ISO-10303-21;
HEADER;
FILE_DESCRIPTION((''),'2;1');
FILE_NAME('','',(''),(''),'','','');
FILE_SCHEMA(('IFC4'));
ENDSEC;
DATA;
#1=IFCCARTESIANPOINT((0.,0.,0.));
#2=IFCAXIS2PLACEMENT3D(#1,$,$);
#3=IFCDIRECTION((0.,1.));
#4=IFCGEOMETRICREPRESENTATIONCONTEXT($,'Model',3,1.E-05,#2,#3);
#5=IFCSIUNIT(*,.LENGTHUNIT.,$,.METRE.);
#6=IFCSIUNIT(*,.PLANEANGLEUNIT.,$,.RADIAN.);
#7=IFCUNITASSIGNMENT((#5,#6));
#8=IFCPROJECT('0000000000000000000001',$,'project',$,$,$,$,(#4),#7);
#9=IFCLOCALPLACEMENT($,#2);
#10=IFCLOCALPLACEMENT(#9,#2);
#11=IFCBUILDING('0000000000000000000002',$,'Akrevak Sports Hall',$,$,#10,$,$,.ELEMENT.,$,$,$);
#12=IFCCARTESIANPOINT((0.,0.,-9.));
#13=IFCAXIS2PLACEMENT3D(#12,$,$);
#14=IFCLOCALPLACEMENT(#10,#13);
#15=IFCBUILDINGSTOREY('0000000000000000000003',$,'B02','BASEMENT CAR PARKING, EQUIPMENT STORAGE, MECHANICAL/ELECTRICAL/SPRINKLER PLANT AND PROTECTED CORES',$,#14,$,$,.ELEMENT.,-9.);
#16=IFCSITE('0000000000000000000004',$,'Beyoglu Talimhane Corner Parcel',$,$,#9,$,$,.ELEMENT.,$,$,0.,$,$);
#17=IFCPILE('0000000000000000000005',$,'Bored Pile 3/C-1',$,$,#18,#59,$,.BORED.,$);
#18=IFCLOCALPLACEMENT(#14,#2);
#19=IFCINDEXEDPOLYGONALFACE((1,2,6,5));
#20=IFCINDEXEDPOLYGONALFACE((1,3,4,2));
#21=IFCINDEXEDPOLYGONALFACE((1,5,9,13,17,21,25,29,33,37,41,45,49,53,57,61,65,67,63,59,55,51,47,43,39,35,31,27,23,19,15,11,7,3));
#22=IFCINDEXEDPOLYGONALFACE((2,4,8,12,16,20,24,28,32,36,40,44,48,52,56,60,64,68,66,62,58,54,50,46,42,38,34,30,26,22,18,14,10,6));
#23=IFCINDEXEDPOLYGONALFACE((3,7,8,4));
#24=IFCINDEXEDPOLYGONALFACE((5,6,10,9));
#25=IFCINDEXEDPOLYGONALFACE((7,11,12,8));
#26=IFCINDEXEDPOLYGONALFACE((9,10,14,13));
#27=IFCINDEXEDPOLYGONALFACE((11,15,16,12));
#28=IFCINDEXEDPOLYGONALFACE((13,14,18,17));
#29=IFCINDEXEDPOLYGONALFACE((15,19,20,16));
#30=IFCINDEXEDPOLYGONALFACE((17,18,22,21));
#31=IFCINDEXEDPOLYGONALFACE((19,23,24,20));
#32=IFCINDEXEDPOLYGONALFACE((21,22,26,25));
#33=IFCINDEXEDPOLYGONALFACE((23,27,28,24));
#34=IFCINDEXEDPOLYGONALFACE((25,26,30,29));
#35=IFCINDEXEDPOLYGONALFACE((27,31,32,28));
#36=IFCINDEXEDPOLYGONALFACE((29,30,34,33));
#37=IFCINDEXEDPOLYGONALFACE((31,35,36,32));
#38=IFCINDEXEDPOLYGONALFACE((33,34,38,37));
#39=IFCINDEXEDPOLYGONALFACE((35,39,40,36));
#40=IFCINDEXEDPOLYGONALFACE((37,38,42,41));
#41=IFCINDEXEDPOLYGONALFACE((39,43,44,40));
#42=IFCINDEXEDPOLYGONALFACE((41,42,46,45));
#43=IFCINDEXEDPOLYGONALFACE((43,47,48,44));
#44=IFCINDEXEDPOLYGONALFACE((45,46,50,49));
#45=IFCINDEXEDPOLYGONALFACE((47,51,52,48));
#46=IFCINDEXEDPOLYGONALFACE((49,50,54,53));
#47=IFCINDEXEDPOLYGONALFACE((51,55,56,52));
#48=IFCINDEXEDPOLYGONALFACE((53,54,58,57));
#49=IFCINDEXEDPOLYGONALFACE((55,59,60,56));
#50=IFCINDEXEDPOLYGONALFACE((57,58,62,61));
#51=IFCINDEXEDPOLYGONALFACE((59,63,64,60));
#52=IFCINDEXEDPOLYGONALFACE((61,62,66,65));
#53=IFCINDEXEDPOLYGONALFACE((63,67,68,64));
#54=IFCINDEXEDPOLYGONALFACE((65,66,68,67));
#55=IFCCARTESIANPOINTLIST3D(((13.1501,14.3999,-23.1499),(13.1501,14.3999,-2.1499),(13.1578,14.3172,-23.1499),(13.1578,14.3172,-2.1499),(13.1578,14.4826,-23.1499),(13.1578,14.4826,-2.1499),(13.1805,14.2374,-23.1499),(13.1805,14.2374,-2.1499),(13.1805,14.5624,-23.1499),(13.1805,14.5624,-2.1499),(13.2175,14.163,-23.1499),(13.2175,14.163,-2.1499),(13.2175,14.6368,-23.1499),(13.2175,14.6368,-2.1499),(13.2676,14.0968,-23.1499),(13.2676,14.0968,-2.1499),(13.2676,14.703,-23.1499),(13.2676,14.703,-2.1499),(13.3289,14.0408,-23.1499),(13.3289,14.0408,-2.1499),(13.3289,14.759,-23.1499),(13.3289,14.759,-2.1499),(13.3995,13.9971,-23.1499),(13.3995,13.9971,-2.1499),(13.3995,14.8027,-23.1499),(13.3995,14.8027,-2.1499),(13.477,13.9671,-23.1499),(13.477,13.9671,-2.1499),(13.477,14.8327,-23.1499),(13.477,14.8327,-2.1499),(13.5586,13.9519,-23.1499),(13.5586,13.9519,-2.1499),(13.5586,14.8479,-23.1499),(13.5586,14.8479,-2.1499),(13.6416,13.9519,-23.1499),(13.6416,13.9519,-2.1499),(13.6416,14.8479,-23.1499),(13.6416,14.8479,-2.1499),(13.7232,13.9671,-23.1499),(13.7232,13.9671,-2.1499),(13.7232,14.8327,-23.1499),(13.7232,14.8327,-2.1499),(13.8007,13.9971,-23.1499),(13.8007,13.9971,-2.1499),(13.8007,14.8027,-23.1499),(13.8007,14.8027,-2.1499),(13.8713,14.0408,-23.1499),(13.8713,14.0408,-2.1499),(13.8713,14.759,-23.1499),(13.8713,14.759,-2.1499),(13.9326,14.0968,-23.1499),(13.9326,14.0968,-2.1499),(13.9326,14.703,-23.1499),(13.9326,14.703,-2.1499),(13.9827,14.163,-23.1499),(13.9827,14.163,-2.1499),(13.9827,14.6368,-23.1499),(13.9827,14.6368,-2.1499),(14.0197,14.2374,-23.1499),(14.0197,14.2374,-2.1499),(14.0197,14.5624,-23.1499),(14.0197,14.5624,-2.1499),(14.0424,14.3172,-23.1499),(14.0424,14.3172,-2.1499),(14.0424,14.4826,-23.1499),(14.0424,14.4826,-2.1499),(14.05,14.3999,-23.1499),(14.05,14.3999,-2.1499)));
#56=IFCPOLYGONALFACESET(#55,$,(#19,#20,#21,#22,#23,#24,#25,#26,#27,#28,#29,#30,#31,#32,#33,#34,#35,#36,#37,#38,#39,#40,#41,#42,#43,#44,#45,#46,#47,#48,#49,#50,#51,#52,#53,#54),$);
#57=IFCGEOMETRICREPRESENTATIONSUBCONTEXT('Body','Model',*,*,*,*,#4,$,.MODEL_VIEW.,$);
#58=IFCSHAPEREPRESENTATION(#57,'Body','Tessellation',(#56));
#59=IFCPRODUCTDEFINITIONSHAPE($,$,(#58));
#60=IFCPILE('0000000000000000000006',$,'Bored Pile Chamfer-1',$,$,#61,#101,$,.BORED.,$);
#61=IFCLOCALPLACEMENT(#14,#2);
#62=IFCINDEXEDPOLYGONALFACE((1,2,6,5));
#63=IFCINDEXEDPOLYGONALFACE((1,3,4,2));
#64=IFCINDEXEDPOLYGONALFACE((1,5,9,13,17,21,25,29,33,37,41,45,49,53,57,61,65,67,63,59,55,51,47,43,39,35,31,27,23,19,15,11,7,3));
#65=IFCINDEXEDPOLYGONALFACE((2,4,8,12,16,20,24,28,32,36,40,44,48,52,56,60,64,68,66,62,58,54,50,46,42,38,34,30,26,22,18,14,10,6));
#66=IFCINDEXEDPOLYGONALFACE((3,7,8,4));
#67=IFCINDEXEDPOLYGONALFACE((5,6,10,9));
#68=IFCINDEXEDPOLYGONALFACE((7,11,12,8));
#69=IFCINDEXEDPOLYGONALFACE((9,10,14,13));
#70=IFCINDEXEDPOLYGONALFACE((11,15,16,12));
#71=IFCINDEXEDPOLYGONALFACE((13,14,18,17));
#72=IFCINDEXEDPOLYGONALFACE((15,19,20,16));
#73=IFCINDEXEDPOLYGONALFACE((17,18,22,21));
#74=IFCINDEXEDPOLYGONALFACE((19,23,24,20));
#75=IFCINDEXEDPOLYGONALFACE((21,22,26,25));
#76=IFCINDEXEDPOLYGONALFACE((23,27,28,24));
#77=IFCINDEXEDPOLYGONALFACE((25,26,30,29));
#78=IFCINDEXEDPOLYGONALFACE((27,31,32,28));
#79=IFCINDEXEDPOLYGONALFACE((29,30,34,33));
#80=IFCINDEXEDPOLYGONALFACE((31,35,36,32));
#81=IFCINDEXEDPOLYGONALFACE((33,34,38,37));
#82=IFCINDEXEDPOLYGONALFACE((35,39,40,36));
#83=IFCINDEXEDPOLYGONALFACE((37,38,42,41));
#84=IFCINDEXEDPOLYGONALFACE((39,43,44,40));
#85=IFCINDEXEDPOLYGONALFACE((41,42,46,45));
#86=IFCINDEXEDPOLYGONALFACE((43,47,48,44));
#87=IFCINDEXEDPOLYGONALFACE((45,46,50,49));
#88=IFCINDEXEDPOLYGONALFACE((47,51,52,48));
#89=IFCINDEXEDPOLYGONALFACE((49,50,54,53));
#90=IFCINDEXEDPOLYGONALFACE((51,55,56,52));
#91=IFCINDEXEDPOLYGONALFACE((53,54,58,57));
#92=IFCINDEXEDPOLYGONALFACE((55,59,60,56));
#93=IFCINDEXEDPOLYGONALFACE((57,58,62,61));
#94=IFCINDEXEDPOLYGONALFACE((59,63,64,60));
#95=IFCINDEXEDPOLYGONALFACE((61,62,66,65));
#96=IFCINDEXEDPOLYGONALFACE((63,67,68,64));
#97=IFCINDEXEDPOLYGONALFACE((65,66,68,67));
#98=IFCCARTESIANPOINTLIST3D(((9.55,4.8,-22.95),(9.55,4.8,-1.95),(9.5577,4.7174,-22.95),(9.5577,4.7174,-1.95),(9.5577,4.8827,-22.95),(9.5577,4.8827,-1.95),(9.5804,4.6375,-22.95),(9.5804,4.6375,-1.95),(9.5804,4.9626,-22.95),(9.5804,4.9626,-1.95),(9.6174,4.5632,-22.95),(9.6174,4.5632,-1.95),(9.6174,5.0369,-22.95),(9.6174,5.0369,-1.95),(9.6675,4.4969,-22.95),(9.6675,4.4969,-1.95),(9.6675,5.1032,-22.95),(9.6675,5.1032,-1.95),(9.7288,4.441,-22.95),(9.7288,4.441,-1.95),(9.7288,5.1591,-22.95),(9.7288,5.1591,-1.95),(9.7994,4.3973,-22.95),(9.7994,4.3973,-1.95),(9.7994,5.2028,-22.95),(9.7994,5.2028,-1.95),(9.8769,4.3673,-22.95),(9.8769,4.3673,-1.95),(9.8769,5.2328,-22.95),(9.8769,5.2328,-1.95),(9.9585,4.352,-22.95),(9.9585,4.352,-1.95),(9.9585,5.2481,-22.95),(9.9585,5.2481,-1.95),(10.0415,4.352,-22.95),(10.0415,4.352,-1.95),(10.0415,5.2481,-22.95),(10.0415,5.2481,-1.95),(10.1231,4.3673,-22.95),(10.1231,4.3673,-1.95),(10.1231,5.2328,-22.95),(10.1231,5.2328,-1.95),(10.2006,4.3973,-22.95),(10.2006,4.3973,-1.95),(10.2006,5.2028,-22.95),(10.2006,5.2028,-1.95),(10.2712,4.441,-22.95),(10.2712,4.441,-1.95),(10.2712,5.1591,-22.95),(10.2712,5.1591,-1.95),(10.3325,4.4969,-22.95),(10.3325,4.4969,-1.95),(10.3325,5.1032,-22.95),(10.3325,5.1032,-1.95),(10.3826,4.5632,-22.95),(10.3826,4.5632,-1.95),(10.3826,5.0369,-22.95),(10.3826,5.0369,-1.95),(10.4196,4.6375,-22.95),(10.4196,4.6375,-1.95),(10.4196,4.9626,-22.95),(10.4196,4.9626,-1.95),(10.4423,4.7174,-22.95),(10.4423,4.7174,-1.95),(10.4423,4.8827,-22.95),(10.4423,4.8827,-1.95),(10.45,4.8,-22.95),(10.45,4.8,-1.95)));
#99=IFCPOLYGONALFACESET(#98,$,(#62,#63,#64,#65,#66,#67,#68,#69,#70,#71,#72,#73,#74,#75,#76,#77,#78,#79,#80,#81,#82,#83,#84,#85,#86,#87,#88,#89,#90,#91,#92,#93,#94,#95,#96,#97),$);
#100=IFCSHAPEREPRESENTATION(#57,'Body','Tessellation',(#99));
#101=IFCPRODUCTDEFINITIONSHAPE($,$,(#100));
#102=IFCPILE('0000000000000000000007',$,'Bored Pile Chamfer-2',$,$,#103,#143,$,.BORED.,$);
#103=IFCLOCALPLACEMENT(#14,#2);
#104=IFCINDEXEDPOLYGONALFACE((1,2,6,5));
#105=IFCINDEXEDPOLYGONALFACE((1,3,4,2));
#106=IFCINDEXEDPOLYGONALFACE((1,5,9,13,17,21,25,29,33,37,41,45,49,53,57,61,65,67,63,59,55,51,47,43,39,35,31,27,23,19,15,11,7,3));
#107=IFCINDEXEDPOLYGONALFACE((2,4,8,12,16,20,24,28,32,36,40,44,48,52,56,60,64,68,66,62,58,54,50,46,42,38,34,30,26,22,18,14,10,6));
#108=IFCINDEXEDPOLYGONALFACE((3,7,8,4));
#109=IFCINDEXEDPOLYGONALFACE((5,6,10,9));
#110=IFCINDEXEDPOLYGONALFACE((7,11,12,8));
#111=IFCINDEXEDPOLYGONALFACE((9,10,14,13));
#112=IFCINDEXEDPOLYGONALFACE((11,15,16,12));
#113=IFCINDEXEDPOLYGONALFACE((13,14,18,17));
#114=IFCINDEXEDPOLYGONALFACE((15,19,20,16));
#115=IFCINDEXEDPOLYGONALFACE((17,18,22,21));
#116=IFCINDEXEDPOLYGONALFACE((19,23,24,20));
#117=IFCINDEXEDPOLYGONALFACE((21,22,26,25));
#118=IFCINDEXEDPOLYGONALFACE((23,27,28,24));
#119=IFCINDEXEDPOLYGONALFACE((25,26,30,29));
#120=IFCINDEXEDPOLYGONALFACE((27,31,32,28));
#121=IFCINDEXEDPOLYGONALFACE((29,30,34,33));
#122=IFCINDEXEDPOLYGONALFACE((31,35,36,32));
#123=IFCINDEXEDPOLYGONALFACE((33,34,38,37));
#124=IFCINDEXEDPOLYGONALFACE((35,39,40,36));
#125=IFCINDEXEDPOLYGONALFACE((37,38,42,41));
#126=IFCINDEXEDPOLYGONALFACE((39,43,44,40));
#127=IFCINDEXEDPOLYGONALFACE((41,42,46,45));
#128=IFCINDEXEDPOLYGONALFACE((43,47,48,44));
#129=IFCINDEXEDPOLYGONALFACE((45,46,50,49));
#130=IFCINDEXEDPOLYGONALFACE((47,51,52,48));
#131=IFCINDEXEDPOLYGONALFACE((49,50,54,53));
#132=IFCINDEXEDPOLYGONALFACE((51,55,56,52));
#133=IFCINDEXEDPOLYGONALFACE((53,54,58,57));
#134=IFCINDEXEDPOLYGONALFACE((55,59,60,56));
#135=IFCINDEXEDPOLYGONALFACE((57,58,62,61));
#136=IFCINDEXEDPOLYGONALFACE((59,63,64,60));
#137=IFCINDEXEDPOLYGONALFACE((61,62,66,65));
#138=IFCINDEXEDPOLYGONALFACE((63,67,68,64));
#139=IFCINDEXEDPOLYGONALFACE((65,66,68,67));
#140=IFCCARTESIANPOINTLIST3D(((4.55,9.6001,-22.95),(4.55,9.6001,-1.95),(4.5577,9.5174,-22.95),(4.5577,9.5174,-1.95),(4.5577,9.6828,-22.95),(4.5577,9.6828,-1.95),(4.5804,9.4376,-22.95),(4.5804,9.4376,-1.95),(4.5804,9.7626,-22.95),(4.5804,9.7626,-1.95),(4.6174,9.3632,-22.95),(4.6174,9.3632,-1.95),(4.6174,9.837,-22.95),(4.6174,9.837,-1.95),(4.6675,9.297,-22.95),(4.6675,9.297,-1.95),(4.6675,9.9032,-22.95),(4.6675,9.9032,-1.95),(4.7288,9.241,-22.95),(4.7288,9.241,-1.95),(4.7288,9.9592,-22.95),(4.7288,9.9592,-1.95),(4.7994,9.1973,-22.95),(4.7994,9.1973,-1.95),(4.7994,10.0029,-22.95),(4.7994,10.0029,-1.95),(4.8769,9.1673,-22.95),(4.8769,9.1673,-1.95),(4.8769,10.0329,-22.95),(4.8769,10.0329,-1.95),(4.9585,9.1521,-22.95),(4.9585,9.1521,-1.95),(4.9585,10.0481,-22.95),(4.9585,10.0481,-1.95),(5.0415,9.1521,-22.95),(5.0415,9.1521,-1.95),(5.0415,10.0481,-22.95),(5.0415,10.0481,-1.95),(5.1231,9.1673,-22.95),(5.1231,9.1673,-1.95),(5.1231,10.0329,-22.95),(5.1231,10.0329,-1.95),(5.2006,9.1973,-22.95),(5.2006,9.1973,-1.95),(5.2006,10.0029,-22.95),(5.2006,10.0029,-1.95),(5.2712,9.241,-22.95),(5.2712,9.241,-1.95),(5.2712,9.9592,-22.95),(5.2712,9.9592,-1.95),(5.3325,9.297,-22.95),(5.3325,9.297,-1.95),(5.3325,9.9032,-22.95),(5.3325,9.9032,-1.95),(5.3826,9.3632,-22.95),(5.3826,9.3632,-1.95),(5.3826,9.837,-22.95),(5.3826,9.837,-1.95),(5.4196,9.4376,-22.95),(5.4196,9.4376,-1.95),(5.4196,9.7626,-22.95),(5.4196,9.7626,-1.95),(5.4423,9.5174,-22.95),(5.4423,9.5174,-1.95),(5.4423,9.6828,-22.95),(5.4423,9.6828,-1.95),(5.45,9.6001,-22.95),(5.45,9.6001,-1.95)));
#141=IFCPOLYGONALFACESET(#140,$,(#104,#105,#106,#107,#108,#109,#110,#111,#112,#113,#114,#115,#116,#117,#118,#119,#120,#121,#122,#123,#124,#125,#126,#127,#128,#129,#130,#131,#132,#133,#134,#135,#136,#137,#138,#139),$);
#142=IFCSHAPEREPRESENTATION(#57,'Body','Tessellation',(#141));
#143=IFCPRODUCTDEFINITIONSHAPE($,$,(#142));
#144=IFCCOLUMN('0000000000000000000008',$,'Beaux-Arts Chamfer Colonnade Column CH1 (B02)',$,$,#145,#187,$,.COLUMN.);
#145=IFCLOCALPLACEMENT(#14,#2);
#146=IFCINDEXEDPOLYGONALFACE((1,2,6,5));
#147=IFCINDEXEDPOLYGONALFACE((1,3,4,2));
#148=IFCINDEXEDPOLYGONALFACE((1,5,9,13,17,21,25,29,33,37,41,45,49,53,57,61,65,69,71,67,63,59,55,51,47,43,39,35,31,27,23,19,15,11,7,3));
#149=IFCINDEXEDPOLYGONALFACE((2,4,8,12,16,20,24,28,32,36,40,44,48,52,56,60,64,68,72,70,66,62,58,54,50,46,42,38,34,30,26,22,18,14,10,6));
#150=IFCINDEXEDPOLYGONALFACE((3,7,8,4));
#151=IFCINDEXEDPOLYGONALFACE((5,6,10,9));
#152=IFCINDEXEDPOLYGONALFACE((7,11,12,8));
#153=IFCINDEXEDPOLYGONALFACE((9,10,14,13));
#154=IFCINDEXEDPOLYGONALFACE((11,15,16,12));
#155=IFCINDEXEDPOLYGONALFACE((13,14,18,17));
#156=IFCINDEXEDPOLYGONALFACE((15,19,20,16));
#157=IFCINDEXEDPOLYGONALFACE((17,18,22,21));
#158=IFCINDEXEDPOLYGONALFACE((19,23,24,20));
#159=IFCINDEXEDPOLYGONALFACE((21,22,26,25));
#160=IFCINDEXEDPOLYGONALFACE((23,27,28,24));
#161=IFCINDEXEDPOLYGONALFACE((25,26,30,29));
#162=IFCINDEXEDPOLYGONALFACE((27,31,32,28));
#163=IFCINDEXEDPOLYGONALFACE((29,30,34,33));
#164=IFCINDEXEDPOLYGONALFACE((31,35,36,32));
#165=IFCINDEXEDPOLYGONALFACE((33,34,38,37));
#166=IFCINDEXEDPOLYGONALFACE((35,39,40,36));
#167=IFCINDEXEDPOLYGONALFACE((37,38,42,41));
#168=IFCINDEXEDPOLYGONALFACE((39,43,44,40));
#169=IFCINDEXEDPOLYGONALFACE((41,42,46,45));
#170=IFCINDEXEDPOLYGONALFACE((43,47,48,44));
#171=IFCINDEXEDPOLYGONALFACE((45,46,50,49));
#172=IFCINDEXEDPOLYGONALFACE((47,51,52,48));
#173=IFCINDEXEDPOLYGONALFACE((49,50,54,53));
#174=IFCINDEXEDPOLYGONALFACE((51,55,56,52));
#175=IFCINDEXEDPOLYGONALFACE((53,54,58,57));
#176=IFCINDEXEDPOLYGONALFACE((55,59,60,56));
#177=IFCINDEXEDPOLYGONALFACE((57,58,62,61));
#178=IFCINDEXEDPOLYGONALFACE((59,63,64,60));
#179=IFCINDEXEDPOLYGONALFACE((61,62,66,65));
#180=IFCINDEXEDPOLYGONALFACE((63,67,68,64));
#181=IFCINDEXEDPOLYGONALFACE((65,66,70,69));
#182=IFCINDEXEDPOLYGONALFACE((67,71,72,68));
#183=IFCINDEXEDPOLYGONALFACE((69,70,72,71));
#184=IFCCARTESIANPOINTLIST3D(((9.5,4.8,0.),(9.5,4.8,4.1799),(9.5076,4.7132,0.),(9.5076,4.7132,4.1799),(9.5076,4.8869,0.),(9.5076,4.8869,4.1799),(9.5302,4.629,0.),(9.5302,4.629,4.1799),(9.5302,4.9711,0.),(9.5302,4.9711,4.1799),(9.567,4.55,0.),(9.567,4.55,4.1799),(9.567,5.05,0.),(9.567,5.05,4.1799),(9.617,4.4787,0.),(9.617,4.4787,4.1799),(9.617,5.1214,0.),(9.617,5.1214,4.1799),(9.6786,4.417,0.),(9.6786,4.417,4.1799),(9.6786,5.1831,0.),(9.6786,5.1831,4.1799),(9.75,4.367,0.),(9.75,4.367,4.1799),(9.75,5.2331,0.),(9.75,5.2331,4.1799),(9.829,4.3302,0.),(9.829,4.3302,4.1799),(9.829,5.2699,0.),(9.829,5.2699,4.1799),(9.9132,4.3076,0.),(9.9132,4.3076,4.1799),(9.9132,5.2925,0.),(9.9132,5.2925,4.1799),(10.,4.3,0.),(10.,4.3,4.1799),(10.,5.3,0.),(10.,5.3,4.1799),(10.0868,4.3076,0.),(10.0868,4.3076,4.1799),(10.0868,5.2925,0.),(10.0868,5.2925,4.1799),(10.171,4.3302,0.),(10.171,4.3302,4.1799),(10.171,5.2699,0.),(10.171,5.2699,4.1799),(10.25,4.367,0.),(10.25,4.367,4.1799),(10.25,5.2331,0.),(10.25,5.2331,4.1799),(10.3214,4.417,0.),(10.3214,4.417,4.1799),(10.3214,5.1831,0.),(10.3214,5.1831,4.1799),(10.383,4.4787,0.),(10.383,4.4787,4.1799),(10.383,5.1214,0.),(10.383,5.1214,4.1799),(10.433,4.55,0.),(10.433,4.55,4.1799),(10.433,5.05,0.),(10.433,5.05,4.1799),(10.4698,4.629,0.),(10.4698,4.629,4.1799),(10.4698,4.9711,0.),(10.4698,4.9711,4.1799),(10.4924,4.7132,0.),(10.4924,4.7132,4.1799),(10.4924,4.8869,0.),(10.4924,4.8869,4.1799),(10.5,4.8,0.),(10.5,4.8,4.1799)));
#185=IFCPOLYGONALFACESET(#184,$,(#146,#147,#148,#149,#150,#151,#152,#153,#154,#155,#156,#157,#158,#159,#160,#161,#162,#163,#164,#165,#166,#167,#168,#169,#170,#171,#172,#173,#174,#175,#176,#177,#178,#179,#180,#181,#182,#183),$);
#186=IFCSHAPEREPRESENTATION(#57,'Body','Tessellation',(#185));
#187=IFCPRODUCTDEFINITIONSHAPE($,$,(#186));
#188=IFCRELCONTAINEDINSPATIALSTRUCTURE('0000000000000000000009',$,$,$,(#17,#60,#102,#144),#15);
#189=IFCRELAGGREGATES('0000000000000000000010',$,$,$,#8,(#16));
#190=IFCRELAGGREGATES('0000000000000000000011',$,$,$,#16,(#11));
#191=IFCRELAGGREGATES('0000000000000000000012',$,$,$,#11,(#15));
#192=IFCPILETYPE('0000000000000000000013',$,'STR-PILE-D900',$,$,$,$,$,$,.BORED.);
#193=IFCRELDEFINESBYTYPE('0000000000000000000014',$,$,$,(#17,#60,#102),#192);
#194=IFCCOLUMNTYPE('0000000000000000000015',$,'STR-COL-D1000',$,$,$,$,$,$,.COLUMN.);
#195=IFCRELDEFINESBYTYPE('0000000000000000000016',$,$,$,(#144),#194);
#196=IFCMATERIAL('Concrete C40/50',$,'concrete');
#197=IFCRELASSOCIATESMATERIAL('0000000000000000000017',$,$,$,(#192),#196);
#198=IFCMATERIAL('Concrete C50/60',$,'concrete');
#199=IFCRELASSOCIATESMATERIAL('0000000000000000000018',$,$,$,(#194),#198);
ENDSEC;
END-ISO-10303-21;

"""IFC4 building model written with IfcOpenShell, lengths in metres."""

from ifc_helpers import new_model, si_unit, direction, frame, origin, origin_2d, place, context, subcontext, project, spatial, circle, extrude, material, material_profile, profile_set, type_object, element, save


model = new_model("IFC4")

# Units and contexts
model_context = context("Model", 3, precision=1e-05, world=origin(), true_north=direction((0.0, 1.0)))
body_context = subcontext(model_context, "Body", "Model", "MODEL_VIEW")
ifc_project = project(units=[si_unit("LENGTHUNIT", "METRE"), si_unit("PLANEANGLEUNIT", "RADIAN")], contexts=[model_context])

# Site, building, storey
site_placement = place(None, origin())
site = spatial("IfcSite", under=ifc_project, at=site_placement, Name="Beyoglu Talimhane Corner Parcel", CompositionType="ELEMENT", RefElevation=0.0)
building_placement = place(site_placement, origin())
building = spatial("IfcBuilding", under=site, at=building_placement, Name="Akrevak Sports Hall", CompositionType="ELEMENT")
storey_placement = place(building_placement, frame((0.0, 0.0, -9.0)))
storey = spatial("IfcBuildingStorey", under=building, at=storey_placement, Name="B02", Description="BASEMENT CAR PARKING, EQUIPMENT STORAGE, MECHANICAL/ELECTRICAL/SPRINKLER PLANT AND PROTECTED CORES", CompositionType="ELEMENT", Elevation=-9.0)

# Shared definitions
ifc_material_1 = material(Name="Concrete C40/50", Category="concrete")

# Piles
ifc_material_profile_1 = material_profile(ifc_material_1, circle(Radius=0.45, at=origin_2d()), Name="BORED PILE D900", Category="concrete")
ifc_profile_set_1 = profile_set([ifc_material_profile_1], Name="Concrete C40/50")
pile_type = type_object("IfcPileType", Name="STR-PILE-D900", PredefinedType="BORED", material=ifc_profile_set_1)
for number, where, z_axis, x_axis, name in (
    (1, (13.6001, 14.3999, -2.1499), (0.0, 0.0, -1.0), (1.0, 0.0, 0.0), "Bored Pile 3/C-1"),
    (2, (10.0, 4.8, -1.95), (0.0, 0.0, -1.0), (1.0, 0.0, 0.0), "Bored Pile Chamfer-1"),
    (3, (5.0, 9.6001, -1.95), (0.0, 0.0, -1.0), (1.0, 0.0, 0.0), "Bored Pile Chamfer-2"),
):
    element("IfcPile", number, at=place(storey_placement, frame(where, z_axis=z_axis, x_axis=x_axis)), inside=storey, type_object=pile_type, Name=name, PredefinedType="BORED", context=body_context, shape_type="SweptSolid", body=[
        extrude(circle(Radius=0.45, at=origin_2d()), origin(), (0.0, 0.0, 1.0), 21.0),
    ])

# Column
ifc_material_2 = material(Name="Concrete C50/60", Category="concrete")
ifc_material_profile_2 = material_profile(ifc_material_2, circle(Radius=0.5, at=origin_2d()), Name="COL D1000", Category="concrete")
ifc_profile_set_2 = profile_set([ifc_material_profile_2], Name="Concrete C50/60")
column_type_1 = type_object("IfcColumnType", Name="STR-COL-D1000", PredefinedType="COLUMN", material=ifc_profile_set_2)
for number, where, z_axis, x_axis, name in (
    (4, (10.0, 4.8, 0.0), (0.0, 0.0, 1.0), (1.0, 0.0, 0.0), "Beaux-Arts Chamfer Colonnade Column CH1 (B02)"),
):
    element("IfcColumn", number, at=place(storey_placement, frame(where, z_axis=z_axis, x_axis=x_axis)), inside=storey, type_object=column_type_1, Name=name, PredefinedType="COLUMN", context=body_context, shape_type="SweptSolid", body=[
        extrude(circle(Radius=0.5, at=origin_2d()), origin(), (0.0, 0.0, 1.0), 4.1799),
    ])

save(model, "model.ifc")
